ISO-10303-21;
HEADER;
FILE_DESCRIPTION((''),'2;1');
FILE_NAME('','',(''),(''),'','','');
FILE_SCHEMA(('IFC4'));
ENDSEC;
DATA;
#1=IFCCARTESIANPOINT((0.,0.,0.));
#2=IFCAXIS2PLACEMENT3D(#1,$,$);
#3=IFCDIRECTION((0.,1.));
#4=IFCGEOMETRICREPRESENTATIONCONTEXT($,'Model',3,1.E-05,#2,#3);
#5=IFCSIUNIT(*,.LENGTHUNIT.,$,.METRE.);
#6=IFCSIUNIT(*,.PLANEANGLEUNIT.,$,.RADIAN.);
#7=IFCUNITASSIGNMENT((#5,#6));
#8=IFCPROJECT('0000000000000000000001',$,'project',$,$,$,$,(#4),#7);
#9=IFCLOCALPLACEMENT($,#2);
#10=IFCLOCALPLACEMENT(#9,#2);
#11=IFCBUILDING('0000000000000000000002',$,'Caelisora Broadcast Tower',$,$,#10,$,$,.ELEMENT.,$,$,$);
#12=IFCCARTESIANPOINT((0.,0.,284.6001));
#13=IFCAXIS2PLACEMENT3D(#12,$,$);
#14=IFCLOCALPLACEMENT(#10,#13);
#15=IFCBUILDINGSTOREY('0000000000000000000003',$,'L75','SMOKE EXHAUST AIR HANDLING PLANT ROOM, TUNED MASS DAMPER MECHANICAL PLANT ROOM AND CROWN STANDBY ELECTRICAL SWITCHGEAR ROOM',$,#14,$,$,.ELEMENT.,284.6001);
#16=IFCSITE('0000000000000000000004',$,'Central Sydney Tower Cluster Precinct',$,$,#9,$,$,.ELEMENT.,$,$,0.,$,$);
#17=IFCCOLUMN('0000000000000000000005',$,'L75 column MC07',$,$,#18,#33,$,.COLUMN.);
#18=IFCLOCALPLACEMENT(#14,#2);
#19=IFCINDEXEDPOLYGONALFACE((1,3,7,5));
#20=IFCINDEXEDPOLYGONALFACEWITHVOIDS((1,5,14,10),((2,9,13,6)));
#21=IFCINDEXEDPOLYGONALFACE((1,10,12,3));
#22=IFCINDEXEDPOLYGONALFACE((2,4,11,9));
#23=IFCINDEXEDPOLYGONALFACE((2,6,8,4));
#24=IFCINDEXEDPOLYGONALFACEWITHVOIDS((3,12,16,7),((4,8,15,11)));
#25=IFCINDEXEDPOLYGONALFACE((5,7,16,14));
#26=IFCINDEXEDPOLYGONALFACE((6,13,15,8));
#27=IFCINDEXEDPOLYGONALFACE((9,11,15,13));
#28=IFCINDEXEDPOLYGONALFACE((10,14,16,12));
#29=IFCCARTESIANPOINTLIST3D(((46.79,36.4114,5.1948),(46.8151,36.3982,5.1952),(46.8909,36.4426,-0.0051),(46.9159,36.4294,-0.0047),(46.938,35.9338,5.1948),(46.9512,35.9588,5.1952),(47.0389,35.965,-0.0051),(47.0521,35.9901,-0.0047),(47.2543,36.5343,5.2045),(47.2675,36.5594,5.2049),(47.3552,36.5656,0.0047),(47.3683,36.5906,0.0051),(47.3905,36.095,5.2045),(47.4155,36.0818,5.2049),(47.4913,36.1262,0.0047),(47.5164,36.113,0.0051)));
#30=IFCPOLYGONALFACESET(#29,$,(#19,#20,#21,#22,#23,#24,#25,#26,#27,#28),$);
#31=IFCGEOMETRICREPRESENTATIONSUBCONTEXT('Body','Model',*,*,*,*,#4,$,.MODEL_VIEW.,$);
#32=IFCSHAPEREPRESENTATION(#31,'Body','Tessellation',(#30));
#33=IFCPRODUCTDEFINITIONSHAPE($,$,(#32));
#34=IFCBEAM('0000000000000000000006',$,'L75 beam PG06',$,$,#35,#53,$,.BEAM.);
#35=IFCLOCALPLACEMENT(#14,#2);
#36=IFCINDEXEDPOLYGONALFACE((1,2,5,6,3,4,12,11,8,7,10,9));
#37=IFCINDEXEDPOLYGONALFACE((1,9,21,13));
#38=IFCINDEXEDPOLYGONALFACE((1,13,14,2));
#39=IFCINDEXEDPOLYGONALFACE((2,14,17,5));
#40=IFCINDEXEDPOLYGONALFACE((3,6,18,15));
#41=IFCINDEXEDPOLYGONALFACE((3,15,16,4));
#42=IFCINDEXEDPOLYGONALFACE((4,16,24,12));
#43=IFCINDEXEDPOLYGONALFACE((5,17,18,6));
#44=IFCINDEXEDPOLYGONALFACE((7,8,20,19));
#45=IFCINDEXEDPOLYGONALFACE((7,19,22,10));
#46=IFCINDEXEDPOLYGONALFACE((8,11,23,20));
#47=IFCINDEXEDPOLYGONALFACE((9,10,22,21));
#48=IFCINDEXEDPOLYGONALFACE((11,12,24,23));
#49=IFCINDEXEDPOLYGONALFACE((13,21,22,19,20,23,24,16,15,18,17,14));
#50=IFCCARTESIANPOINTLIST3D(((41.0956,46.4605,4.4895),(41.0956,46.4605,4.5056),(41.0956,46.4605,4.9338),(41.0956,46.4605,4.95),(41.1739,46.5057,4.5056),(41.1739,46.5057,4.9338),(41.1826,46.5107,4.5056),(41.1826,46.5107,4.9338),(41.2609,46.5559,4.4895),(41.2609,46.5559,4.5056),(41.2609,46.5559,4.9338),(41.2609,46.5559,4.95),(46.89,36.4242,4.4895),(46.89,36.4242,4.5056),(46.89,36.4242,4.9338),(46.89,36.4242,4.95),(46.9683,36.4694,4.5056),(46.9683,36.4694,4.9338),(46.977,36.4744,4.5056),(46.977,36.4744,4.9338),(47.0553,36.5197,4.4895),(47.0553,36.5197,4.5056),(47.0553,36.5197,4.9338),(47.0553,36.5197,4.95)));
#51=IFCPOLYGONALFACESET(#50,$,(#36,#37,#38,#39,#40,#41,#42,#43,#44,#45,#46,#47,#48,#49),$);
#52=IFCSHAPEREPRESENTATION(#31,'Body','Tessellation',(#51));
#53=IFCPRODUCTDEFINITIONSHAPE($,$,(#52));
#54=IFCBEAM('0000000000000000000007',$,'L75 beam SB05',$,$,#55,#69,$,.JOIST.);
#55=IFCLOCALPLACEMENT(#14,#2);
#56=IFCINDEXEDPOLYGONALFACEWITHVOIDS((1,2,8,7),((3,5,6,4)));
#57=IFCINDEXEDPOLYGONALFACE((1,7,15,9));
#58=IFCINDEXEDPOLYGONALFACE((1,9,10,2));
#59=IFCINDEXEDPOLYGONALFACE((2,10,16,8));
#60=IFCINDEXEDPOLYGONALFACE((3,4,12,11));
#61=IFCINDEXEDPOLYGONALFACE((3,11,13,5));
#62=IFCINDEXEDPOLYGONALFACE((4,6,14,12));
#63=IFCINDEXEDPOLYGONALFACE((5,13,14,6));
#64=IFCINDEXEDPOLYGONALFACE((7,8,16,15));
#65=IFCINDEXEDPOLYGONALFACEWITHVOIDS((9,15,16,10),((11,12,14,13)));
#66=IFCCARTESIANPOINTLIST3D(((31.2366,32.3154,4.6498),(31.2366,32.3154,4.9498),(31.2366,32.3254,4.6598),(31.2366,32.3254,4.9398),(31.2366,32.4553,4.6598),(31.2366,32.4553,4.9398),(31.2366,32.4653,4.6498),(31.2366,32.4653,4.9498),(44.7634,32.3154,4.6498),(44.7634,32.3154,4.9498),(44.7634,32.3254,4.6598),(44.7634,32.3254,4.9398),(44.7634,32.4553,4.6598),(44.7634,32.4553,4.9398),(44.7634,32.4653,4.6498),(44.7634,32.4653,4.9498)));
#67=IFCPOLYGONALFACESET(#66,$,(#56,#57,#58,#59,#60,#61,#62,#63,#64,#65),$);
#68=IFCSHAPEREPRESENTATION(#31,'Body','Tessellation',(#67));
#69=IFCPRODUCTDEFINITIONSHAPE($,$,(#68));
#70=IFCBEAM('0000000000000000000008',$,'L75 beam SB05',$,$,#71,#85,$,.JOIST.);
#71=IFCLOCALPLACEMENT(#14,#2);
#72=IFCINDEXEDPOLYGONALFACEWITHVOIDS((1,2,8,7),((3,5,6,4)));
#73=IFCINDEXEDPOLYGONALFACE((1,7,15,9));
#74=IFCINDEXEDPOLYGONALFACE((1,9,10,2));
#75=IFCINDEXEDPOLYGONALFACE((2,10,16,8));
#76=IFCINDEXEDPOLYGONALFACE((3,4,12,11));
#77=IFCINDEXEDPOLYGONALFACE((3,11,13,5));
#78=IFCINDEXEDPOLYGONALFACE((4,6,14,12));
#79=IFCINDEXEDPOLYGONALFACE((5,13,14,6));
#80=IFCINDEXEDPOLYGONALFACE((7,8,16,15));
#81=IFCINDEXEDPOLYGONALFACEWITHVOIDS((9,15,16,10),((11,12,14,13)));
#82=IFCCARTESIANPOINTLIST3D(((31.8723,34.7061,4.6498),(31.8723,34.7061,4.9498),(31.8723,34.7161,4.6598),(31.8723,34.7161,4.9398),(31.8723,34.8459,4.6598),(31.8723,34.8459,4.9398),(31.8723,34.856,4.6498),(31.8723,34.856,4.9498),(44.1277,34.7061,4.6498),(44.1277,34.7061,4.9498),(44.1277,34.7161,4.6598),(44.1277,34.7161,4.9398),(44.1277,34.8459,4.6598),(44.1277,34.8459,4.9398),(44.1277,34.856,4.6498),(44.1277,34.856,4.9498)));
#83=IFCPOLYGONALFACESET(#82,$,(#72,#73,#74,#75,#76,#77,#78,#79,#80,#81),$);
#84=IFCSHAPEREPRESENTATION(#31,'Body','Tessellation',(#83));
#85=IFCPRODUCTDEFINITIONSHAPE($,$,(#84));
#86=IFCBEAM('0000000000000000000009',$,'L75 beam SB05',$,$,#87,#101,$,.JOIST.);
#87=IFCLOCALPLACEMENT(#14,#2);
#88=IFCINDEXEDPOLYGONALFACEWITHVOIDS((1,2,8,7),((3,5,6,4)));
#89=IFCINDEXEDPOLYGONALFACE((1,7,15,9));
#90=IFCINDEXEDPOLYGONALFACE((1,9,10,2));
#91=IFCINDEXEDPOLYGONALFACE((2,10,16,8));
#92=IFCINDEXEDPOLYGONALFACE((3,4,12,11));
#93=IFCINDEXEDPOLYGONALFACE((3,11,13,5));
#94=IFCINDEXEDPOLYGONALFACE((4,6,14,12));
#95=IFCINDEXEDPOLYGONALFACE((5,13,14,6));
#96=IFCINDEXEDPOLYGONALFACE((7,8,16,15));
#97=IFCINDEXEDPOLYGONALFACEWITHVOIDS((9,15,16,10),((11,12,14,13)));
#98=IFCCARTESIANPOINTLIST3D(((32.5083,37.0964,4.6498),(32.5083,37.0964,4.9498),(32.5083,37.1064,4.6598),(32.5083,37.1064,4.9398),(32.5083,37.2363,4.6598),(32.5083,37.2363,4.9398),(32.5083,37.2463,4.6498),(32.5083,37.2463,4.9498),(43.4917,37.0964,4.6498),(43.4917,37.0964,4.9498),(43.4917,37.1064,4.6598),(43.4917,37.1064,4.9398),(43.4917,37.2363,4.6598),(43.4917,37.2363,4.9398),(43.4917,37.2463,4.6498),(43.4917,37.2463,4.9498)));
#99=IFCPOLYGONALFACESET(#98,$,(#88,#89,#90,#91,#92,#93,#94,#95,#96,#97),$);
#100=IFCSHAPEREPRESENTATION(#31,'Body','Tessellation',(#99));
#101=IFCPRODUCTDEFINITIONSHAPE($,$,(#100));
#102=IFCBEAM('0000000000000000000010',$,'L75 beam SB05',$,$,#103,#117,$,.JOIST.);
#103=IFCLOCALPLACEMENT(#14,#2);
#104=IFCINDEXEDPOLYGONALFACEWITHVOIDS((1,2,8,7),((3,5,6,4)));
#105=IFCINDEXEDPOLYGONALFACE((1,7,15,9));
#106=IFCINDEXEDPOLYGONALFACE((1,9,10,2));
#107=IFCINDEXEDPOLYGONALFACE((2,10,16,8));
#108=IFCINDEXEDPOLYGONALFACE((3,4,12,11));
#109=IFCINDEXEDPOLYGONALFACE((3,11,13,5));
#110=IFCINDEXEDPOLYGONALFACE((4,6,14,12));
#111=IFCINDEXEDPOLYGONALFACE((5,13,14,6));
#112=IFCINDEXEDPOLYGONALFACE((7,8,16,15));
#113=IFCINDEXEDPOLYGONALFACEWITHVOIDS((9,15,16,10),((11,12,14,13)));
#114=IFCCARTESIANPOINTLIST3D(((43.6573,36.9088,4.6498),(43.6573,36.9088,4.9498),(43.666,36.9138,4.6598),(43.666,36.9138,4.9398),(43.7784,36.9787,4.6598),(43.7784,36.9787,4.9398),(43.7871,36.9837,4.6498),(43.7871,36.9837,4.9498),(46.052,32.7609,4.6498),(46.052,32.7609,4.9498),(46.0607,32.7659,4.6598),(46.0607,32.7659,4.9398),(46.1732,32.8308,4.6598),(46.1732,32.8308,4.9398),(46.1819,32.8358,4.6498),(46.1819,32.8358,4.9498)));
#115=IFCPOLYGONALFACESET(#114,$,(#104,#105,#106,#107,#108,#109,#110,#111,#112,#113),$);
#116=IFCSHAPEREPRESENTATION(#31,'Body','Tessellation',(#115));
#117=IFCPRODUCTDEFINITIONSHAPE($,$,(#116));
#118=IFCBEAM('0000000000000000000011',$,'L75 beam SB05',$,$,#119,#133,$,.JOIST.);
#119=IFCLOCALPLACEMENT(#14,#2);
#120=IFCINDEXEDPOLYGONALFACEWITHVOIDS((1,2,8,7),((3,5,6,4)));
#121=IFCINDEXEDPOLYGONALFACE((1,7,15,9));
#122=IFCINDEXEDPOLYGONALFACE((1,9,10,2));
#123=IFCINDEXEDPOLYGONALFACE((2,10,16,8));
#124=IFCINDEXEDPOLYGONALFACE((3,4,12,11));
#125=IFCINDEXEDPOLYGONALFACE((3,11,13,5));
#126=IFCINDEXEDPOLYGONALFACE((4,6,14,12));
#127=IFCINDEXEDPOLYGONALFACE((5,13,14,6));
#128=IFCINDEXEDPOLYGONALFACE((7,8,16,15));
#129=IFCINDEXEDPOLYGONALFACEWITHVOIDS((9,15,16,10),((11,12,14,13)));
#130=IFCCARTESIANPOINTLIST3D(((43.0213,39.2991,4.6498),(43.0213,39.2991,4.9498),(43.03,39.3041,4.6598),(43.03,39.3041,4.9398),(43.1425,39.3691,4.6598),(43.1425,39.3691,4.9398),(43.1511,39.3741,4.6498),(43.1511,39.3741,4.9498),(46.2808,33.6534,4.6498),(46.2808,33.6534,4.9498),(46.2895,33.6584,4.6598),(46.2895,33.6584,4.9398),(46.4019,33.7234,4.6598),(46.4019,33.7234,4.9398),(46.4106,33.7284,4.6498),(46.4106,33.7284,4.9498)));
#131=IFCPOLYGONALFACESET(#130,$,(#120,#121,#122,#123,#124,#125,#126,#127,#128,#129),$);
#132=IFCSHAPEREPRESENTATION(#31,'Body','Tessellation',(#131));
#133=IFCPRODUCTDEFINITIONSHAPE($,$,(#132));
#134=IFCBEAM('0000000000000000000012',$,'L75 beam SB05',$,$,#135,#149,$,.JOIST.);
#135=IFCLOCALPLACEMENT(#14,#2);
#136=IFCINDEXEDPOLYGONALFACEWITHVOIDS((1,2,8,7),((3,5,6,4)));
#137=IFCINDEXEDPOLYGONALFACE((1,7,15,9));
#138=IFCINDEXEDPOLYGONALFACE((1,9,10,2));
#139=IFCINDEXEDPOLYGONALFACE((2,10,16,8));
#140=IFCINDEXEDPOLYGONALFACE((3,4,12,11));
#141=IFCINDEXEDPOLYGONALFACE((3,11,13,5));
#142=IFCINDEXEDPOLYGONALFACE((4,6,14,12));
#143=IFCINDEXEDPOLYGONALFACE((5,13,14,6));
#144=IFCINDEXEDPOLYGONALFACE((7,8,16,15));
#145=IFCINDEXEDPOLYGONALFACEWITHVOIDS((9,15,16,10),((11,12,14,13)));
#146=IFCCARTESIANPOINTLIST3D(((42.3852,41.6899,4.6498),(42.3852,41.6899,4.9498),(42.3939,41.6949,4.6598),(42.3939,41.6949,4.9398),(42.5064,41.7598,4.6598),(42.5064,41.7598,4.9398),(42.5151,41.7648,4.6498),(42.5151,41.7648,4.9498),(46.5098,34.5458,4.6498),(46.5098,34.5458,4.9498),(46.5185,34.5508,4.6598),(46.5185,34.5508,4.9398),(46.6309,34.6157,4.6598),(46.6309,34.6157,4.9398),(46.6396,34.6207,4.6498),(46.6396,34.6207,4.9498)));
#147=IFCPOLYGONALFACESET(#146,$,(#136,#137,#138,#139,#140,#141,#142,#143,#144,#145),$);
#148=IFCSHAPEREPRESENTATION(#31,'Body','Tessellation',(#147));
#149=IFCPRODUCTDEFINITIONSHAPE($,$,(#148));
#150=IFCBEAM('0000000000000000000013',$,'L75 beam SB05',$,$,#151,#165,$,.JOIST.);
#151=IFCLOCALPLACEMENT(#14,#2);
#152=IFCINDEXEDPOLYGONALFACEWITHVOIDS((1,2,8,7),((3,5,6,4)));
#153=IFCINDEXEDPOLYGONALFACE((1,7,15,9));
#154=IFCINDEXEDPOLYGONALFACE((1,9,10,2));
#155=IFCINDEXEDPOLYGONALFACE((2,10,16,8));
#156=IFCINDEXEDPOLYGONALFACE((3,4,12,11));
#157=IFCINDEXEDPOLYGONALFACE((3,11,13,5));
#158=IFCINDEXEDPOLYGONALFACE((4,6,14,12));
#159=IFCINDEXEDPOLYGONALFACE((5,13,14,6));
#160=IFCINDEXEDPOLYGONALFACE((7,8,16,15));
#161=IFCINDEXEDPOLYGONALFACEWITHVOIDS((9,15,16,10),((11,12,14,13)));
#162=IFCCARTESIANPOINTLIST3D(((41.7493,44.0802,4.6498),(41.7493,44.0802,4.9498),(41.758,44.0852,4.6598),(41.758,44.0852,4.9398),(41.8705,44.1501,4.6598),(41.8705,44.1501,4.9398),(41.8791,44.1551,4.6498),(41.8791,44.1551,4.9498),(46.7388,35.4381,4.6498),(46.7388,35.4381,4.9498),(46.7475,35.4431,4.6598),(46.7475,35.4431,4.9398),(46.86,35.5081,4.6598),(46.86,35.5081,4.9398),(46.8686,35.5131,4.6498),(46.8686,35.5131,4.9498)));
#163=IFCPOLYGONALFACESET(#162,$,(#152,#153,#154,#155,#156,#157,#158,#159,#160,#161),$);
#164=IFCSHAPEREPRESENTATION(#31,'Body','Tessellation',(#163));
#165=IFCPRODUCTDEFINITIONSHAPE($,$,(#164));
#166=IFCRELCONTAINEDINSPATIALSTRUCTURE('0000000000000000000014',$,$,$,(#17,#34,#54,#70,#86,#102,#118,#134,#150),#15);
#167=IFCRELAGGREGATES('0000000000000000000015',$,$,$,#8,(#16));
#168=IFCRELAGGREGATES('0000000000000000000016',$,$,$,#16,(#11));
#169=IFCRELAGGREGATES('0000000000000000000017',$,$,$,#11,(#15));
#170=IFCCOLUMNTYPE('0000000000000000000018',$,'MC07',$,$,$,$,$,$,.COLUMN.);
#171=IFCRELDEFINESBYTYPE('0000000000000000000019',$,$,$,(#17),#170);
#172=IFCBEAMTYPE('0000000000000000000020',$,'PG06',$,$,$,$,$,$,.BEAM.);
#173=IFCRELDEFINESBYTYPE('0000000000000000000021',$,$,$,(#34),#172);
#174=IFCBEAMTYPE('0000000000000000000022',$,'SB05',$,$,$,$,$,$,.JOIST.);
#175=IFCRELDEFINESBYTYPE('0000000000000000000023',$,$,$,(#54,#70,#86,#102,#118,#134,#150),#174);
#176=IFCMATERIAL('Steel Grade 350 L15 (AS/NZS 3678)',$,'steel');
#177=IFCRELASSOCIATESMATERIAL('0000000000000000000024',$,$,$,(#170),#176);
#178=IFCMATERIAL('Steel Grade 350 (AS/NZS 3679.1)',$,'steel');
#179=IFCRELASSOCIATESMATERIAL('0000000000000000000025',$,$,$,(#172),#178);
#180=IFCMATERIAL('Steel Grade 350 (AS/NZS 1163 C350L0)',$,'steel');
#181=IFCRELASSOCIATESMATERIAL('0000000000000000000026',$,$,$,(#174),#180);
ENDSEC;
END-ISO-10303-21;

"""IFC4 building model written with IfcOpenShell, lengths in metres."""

from ifc_helpers import new_model, si_unit, direction, frame, origin, origin_2d, place, context, subcontext, project, spatial, hollow_rectangle, i_section, extrude, source, transform, mapped, material, material_profile, profile_set, type_object, type_shapes, element, save


model = new_model("IFC4")

# Units and contexts
model_context = context("Model", 3, precision=1e-05, world=origin(), true_north=direction((0.0, 1.0)))
body_context = subcontext(model_context, "Body", "Model", "MODEL_VIEW")
ifc_project = project(units=[si_unit("LENGTHUNIT", "METRE"), si_unit("PLANEANGLEUNIT", "RADIAN")], contexts=[model_context])

# Site, building, storey
site_placement = place(None, origin())
site = spatial("IfcSite", under=ifc_project, at=site_placement, Name="Central Sydney Tower Cluster Precinct", CompositionType="ELEMENT", RefElevation=0.0)
building_placement = place(site_placement, origin())
building = spatial("IfcBuilding", under=site, at=building_placement, Name="Caelisora Broadcast Tower", CompositionType="ELEMENT")
storey_placement = place(building_placement, frame((0.0, 0.0, 284.6001)))
storey = spatial("IfcBuildingStorey", under=building, at=storey_placement, Name="L75", Description="SMOKE EXHAUST AIR HANDLING PLANT ROOM, TUNED MASS DAMPER MECHANICAL PLANT ROOM AND CROWN STANDBY ELECTRICAL SWITCHGEAR ROOM", CompositionType="ELEMENT", Elevation=284.6001)

# Column
ifc_material_1 = material(Name="Steel Grade 350 L15 (AS/NZS 3678)", Category="steel")
ifc_material_profile_1 = material_profile(ifc_material_1, hollow_rectangle(XDim=0.5, YDim=0.5, WallThickness=0.02, at=origin_2d()), Name="Steel Grade 350 L15 (AS/NZS 3678)")
ifc_profile_set_1 = profile_set([ifc_material_profile_1], Name="Steel Grade 350 L15 (AS/NZS 3678)")
column_type = type_object("IfcColumnType", Name="MC07", PredefinedType="COLUMN", material=ifc_profile_set_1)
shared_shape_1 = source(origin(), body_context, "Body", "SweptSolid", [
    extrude(hollow_rectangle(XDim=0.5, YDim=0.5, WallThickness=0.02, at=origin_2d()), origin(), (0.0, 0.0, 1.0), 5.2009),
])
type_shapes(column_type, [shared_shape_1])
column_placement = place(storey_placement, frame((47.2036, 36.2778, 0.0), z_axis=(-0.019387, -0.006008, 0.999794), x_axis=(0.296035, -0.955177, 0.0)))
element("IfcColumn", 1, at=column_placement, inside=storey, type_object=column_type, Name="L75 column MC07", PredefinedType="COLUMN", context=body_context, shape_type="MappedRepresentation", body=[
    mapped(shared_shape_1, transform((0.0, 0.0, 0.0), scale=1.0)),
])

# Beams
ifc_material_2 = material(Name="Steel Grade 350 (AS/NZS 3679.1)", Category="steel")
ifc_material_profile_2 = material_profile(ifc_material_2, i_section(OverallWidth=0.1909, OverallDepth=0.4604, WebThickness=0.01, FlangeThickness=0.0161, at=origin_2d()), Name="Steel Grade 350 (AS/NZS 3679.1)")
ifc_profile_set_2 = profile_set([ifc_material_profile_2], Name="Steel Grade 350 (AS/NZS 3679.1)")
beam_type_1 = type_object("IfcBeamType", Name="PG06", PredefinedType="BEAM", material=ifc_profile_set_2)
shared_shape_2 = source(origin(), body_context, "Body", "SweptSolid", [
    extrude(i_section(OverallWidth=0.1909, OverallDepth=0.4604, WebThickness=0.01, FlangeThickness=0.0161, at=origin_2d()), origin(), (0.0, 0.0, 1.0), 11.5889),
])
type_shapes(beam_type_1, [shared_shape_2])
beam_1_placement = place(storey_placement, frame((46.9727, 36.4719, 4.7197), z_axis=(-0.499995, 0.866028, 0.0), x_axis=(-0.866028, -0.499995, 0.0)))
element("IfcBeam", 2, at=beam_1_placement, inside=storey, type_object=beam_type_1, Name="L75 beam PG06", PredefinedType="BEAM", context=body_context, shape_type="MappedRepresentation", body=[
    mapped(shared_shape_2, transform((0.0, 0.0, 0.0), scale=1.0)),
])
ifc_material_3 = material(Name="Steel Grade 350 (AS/NZS 1163 C350L0)", Category="steel")
ifc_material_profile_3 = material_profile(ifc_material_3, hollow_rectangle(XDim=0.1499, YDim=0.3, WallThickness=0.01, at=origin_2d()), Name="Steel Grade 350 (AS/NZS 1163 C350L0)")
ifc_profile_set_3 = profile_set([ifc_material_profile_3], Name="Steel Grade 350 (AS/NZS 1163 C350L0)")
beam_type_2 = type_object("IfcBeamType", Name="SB05", PredefinedType="JOIST", material=ifc_profile_set_3)
shared_shape_3 = source(origin(), body_context, "Body", "SweptSolid", [
    extrude(hollow_rectangle(XDim=0.1499, YDim=0.3, WallThickness=0.01, at=origin_2d()), origin(), (0.0, 0.0, 1.0), 13.5269),
])
beam_2_placement = place(storey_placement, frame((44.7634, 32.3904, 4.7998), z_axis=(-1.0, 0.0, 0.0), x_axis=(0.0, -1.0, 0.0)))
element("IfcBeam", 3, at=beam_2_placement, inside=storey, type_object=beam_type_2, Name="L75 beam SB05", PredefinedType="JOIST", context=body_context, shape_type="MappedRepresentation", body=[
    mapped(shared_shape_3, transform((0.0, 0.0, 0.0), scale=1.0)),
])
shared_shape_4 = source(origin(), body_context, "Body", "SweptSolid", [
    extrude(hollow_rectangle(XDim=0.1499, YDim=0.3, WallThickness=0.01, at=origin_2d()), origin(), (0.0, 0.0, 1.0), 12.2554),
])
beam_3_placement = place(storey_placement, frame((44.1277, 34.781, 4.7998), z_axis=(-1.0, 0.0, 0.0), x_axis=(0.0, -1.0, 0.0)))
element("IfcBeam", 4, at=beam_3_placement, inside=storey, type_object=beam_type_2, Name="L75 beam SB05", PredefinedType="JOIST", context=body_context, shape_type="MappedRepresentation", body=[
    mapped(shared_shape_4, transform((0.0, 0.0, 0.0), scale=1.0)),
])
shared_shape_5 = source(origin(), body_context, "Body", "SweptSolid", [
    extrude(hollow_rectangle(XDim=0.1499, YDim=0.3, WallThickness=0.01, at=origin_2d()), origin(), (0.0, 0.0, 1.0), 10.9834),
])
beam_4_placement = place(storey_placement, frame((43.4917, 37.1714, 4.7998), z_axis=(-1.0, 0.0, 0.0), x_axis=(0.0, -1.0, 0.0)))
element("IfcBeam", 5, at=beam_4_placement, inside=storey, type_object=beam_type_2, Name="L75 beam SB05", PredefinedType="JOIST", context=body_context, shape_type="MappedRepresentation", body=[
    mapped(shared_shape_5, transform((0.0, 0.0, 0.0), scale=1.0)),
])
shared_shape_6 = source(origin(), body_context, "Body", "SweptSolid", [
    extrude(hollow_rectangle(XDim=0.1499, YDim=0.3, WallThickness=0.01, at=origin_2d()), origin(), (0.0, 0.0, 1.0), 4.7896),
])
beam_5_placement = place(storey_placement, frame((46.1169, 32.7983, 4.7998), z_axis=(-0.499993, 0.866029, 0.0), x_axis=(-0.866029, -0.499993, 0.0)))
element("IfcBeam", 6, at=beam_5_placement, inside=storey, type_object=beam_type_2, Name="L75 beam SB05", PredefinedType="JOIST", context=body_context, shape_type="MappedRepresentation", body=[
    mapped(shared_shape_6, transform((0.0, 0.0, 0.0), scale=1.0)),
])
shared_shape_7 = source(origin(), body_context, "Body", "SweptSolid", [
    extrude(hollow_rectangle(XDim=0.1499, YDim=0.3, WallThickness=0.01, at=origin_2d()), origin(), (0.0, 0.0, 1.0), 6.519),
])
beam_6_placement = place(storey_placement, frame((46.3457, 33.6909, 4.7998), z_axis=(-0.499994, 0.866029, 0.0), x_axis=(-0.866029, -0.499994, 0.0)))
element("IfcBeam", 7, at=beam_6_placement, inside=storey, type_object=beam_type_2, Name="L75 beam SB05", PredefinedType="JOIST", context=body_context, shape_type="MappedRepresentation", body=[
    mapped(shared_shape_7, transform((0.0, 0.0, 0.0), scale=1.0)),
])
shared_shape_8 = source(origin(), body_context, "Body", "SweptSolid", [
    extrude(hollow_rectangle(XDim=0.1499, YDim=0.3, WallThickness=0.01, at=origin_2d()), origin(), (0.0, 0.0, 1.0), 8.2493),
])
beam_7_placement = place(storey_placement, frame((46.5747, 34.5833, 4.7998), z_axis=(-0.499991, 0.866031, 0.0), x_axis=(-0.866031, -0.499991, 0.0)))
element("IfcBeam", 8, at=beam_7_placement, inside=storey, type_object=beam_type_2, Name="L75 beam SB05", PredefinedType="JOIST", context=body_context, shape_type="MappedRepresentation", body=[
    mapped(shared_shape_8, transform((0.0, 0.0, 0.0), scale=1.0)),
])
shared_shape_9 = source(origin(), body_context, "Body", "SweptSolid", [
    extrude(hollow_rectangle(XDim=0.1499, YDim=0.3, WallThickness=0.01, at=origin_2d()), origin(), (0.0, 0.0, 1.0), 9.979),
])
type_shapes(beam_type_2, [shared_shape_3, shared_shape_4, shared_shape_5, shared_shape_6, shared_shape_7, shared_shape_8, shared_shape_9])
beam_8_placement = place(storey_placement, frame((46.8037, 35.4756, 4.7998), z_axis=(-0.499999, 0.866026, 0.0), x_axis=(-0.866026, -0.499999, 0.0)))
element("IfcBeam", 9, at=beam_8_placement, inside=storey, type_object=beam_type_2, Name="L75 beam SB05", PredefinedType="JOIST", context=body_context, shape_type="MappedRepresentation", body=[
    mapped(shared_shape_9, transform((0.0, 0.0, 0.0), scale=1.0)),
])

save(model, "model.ifc")
